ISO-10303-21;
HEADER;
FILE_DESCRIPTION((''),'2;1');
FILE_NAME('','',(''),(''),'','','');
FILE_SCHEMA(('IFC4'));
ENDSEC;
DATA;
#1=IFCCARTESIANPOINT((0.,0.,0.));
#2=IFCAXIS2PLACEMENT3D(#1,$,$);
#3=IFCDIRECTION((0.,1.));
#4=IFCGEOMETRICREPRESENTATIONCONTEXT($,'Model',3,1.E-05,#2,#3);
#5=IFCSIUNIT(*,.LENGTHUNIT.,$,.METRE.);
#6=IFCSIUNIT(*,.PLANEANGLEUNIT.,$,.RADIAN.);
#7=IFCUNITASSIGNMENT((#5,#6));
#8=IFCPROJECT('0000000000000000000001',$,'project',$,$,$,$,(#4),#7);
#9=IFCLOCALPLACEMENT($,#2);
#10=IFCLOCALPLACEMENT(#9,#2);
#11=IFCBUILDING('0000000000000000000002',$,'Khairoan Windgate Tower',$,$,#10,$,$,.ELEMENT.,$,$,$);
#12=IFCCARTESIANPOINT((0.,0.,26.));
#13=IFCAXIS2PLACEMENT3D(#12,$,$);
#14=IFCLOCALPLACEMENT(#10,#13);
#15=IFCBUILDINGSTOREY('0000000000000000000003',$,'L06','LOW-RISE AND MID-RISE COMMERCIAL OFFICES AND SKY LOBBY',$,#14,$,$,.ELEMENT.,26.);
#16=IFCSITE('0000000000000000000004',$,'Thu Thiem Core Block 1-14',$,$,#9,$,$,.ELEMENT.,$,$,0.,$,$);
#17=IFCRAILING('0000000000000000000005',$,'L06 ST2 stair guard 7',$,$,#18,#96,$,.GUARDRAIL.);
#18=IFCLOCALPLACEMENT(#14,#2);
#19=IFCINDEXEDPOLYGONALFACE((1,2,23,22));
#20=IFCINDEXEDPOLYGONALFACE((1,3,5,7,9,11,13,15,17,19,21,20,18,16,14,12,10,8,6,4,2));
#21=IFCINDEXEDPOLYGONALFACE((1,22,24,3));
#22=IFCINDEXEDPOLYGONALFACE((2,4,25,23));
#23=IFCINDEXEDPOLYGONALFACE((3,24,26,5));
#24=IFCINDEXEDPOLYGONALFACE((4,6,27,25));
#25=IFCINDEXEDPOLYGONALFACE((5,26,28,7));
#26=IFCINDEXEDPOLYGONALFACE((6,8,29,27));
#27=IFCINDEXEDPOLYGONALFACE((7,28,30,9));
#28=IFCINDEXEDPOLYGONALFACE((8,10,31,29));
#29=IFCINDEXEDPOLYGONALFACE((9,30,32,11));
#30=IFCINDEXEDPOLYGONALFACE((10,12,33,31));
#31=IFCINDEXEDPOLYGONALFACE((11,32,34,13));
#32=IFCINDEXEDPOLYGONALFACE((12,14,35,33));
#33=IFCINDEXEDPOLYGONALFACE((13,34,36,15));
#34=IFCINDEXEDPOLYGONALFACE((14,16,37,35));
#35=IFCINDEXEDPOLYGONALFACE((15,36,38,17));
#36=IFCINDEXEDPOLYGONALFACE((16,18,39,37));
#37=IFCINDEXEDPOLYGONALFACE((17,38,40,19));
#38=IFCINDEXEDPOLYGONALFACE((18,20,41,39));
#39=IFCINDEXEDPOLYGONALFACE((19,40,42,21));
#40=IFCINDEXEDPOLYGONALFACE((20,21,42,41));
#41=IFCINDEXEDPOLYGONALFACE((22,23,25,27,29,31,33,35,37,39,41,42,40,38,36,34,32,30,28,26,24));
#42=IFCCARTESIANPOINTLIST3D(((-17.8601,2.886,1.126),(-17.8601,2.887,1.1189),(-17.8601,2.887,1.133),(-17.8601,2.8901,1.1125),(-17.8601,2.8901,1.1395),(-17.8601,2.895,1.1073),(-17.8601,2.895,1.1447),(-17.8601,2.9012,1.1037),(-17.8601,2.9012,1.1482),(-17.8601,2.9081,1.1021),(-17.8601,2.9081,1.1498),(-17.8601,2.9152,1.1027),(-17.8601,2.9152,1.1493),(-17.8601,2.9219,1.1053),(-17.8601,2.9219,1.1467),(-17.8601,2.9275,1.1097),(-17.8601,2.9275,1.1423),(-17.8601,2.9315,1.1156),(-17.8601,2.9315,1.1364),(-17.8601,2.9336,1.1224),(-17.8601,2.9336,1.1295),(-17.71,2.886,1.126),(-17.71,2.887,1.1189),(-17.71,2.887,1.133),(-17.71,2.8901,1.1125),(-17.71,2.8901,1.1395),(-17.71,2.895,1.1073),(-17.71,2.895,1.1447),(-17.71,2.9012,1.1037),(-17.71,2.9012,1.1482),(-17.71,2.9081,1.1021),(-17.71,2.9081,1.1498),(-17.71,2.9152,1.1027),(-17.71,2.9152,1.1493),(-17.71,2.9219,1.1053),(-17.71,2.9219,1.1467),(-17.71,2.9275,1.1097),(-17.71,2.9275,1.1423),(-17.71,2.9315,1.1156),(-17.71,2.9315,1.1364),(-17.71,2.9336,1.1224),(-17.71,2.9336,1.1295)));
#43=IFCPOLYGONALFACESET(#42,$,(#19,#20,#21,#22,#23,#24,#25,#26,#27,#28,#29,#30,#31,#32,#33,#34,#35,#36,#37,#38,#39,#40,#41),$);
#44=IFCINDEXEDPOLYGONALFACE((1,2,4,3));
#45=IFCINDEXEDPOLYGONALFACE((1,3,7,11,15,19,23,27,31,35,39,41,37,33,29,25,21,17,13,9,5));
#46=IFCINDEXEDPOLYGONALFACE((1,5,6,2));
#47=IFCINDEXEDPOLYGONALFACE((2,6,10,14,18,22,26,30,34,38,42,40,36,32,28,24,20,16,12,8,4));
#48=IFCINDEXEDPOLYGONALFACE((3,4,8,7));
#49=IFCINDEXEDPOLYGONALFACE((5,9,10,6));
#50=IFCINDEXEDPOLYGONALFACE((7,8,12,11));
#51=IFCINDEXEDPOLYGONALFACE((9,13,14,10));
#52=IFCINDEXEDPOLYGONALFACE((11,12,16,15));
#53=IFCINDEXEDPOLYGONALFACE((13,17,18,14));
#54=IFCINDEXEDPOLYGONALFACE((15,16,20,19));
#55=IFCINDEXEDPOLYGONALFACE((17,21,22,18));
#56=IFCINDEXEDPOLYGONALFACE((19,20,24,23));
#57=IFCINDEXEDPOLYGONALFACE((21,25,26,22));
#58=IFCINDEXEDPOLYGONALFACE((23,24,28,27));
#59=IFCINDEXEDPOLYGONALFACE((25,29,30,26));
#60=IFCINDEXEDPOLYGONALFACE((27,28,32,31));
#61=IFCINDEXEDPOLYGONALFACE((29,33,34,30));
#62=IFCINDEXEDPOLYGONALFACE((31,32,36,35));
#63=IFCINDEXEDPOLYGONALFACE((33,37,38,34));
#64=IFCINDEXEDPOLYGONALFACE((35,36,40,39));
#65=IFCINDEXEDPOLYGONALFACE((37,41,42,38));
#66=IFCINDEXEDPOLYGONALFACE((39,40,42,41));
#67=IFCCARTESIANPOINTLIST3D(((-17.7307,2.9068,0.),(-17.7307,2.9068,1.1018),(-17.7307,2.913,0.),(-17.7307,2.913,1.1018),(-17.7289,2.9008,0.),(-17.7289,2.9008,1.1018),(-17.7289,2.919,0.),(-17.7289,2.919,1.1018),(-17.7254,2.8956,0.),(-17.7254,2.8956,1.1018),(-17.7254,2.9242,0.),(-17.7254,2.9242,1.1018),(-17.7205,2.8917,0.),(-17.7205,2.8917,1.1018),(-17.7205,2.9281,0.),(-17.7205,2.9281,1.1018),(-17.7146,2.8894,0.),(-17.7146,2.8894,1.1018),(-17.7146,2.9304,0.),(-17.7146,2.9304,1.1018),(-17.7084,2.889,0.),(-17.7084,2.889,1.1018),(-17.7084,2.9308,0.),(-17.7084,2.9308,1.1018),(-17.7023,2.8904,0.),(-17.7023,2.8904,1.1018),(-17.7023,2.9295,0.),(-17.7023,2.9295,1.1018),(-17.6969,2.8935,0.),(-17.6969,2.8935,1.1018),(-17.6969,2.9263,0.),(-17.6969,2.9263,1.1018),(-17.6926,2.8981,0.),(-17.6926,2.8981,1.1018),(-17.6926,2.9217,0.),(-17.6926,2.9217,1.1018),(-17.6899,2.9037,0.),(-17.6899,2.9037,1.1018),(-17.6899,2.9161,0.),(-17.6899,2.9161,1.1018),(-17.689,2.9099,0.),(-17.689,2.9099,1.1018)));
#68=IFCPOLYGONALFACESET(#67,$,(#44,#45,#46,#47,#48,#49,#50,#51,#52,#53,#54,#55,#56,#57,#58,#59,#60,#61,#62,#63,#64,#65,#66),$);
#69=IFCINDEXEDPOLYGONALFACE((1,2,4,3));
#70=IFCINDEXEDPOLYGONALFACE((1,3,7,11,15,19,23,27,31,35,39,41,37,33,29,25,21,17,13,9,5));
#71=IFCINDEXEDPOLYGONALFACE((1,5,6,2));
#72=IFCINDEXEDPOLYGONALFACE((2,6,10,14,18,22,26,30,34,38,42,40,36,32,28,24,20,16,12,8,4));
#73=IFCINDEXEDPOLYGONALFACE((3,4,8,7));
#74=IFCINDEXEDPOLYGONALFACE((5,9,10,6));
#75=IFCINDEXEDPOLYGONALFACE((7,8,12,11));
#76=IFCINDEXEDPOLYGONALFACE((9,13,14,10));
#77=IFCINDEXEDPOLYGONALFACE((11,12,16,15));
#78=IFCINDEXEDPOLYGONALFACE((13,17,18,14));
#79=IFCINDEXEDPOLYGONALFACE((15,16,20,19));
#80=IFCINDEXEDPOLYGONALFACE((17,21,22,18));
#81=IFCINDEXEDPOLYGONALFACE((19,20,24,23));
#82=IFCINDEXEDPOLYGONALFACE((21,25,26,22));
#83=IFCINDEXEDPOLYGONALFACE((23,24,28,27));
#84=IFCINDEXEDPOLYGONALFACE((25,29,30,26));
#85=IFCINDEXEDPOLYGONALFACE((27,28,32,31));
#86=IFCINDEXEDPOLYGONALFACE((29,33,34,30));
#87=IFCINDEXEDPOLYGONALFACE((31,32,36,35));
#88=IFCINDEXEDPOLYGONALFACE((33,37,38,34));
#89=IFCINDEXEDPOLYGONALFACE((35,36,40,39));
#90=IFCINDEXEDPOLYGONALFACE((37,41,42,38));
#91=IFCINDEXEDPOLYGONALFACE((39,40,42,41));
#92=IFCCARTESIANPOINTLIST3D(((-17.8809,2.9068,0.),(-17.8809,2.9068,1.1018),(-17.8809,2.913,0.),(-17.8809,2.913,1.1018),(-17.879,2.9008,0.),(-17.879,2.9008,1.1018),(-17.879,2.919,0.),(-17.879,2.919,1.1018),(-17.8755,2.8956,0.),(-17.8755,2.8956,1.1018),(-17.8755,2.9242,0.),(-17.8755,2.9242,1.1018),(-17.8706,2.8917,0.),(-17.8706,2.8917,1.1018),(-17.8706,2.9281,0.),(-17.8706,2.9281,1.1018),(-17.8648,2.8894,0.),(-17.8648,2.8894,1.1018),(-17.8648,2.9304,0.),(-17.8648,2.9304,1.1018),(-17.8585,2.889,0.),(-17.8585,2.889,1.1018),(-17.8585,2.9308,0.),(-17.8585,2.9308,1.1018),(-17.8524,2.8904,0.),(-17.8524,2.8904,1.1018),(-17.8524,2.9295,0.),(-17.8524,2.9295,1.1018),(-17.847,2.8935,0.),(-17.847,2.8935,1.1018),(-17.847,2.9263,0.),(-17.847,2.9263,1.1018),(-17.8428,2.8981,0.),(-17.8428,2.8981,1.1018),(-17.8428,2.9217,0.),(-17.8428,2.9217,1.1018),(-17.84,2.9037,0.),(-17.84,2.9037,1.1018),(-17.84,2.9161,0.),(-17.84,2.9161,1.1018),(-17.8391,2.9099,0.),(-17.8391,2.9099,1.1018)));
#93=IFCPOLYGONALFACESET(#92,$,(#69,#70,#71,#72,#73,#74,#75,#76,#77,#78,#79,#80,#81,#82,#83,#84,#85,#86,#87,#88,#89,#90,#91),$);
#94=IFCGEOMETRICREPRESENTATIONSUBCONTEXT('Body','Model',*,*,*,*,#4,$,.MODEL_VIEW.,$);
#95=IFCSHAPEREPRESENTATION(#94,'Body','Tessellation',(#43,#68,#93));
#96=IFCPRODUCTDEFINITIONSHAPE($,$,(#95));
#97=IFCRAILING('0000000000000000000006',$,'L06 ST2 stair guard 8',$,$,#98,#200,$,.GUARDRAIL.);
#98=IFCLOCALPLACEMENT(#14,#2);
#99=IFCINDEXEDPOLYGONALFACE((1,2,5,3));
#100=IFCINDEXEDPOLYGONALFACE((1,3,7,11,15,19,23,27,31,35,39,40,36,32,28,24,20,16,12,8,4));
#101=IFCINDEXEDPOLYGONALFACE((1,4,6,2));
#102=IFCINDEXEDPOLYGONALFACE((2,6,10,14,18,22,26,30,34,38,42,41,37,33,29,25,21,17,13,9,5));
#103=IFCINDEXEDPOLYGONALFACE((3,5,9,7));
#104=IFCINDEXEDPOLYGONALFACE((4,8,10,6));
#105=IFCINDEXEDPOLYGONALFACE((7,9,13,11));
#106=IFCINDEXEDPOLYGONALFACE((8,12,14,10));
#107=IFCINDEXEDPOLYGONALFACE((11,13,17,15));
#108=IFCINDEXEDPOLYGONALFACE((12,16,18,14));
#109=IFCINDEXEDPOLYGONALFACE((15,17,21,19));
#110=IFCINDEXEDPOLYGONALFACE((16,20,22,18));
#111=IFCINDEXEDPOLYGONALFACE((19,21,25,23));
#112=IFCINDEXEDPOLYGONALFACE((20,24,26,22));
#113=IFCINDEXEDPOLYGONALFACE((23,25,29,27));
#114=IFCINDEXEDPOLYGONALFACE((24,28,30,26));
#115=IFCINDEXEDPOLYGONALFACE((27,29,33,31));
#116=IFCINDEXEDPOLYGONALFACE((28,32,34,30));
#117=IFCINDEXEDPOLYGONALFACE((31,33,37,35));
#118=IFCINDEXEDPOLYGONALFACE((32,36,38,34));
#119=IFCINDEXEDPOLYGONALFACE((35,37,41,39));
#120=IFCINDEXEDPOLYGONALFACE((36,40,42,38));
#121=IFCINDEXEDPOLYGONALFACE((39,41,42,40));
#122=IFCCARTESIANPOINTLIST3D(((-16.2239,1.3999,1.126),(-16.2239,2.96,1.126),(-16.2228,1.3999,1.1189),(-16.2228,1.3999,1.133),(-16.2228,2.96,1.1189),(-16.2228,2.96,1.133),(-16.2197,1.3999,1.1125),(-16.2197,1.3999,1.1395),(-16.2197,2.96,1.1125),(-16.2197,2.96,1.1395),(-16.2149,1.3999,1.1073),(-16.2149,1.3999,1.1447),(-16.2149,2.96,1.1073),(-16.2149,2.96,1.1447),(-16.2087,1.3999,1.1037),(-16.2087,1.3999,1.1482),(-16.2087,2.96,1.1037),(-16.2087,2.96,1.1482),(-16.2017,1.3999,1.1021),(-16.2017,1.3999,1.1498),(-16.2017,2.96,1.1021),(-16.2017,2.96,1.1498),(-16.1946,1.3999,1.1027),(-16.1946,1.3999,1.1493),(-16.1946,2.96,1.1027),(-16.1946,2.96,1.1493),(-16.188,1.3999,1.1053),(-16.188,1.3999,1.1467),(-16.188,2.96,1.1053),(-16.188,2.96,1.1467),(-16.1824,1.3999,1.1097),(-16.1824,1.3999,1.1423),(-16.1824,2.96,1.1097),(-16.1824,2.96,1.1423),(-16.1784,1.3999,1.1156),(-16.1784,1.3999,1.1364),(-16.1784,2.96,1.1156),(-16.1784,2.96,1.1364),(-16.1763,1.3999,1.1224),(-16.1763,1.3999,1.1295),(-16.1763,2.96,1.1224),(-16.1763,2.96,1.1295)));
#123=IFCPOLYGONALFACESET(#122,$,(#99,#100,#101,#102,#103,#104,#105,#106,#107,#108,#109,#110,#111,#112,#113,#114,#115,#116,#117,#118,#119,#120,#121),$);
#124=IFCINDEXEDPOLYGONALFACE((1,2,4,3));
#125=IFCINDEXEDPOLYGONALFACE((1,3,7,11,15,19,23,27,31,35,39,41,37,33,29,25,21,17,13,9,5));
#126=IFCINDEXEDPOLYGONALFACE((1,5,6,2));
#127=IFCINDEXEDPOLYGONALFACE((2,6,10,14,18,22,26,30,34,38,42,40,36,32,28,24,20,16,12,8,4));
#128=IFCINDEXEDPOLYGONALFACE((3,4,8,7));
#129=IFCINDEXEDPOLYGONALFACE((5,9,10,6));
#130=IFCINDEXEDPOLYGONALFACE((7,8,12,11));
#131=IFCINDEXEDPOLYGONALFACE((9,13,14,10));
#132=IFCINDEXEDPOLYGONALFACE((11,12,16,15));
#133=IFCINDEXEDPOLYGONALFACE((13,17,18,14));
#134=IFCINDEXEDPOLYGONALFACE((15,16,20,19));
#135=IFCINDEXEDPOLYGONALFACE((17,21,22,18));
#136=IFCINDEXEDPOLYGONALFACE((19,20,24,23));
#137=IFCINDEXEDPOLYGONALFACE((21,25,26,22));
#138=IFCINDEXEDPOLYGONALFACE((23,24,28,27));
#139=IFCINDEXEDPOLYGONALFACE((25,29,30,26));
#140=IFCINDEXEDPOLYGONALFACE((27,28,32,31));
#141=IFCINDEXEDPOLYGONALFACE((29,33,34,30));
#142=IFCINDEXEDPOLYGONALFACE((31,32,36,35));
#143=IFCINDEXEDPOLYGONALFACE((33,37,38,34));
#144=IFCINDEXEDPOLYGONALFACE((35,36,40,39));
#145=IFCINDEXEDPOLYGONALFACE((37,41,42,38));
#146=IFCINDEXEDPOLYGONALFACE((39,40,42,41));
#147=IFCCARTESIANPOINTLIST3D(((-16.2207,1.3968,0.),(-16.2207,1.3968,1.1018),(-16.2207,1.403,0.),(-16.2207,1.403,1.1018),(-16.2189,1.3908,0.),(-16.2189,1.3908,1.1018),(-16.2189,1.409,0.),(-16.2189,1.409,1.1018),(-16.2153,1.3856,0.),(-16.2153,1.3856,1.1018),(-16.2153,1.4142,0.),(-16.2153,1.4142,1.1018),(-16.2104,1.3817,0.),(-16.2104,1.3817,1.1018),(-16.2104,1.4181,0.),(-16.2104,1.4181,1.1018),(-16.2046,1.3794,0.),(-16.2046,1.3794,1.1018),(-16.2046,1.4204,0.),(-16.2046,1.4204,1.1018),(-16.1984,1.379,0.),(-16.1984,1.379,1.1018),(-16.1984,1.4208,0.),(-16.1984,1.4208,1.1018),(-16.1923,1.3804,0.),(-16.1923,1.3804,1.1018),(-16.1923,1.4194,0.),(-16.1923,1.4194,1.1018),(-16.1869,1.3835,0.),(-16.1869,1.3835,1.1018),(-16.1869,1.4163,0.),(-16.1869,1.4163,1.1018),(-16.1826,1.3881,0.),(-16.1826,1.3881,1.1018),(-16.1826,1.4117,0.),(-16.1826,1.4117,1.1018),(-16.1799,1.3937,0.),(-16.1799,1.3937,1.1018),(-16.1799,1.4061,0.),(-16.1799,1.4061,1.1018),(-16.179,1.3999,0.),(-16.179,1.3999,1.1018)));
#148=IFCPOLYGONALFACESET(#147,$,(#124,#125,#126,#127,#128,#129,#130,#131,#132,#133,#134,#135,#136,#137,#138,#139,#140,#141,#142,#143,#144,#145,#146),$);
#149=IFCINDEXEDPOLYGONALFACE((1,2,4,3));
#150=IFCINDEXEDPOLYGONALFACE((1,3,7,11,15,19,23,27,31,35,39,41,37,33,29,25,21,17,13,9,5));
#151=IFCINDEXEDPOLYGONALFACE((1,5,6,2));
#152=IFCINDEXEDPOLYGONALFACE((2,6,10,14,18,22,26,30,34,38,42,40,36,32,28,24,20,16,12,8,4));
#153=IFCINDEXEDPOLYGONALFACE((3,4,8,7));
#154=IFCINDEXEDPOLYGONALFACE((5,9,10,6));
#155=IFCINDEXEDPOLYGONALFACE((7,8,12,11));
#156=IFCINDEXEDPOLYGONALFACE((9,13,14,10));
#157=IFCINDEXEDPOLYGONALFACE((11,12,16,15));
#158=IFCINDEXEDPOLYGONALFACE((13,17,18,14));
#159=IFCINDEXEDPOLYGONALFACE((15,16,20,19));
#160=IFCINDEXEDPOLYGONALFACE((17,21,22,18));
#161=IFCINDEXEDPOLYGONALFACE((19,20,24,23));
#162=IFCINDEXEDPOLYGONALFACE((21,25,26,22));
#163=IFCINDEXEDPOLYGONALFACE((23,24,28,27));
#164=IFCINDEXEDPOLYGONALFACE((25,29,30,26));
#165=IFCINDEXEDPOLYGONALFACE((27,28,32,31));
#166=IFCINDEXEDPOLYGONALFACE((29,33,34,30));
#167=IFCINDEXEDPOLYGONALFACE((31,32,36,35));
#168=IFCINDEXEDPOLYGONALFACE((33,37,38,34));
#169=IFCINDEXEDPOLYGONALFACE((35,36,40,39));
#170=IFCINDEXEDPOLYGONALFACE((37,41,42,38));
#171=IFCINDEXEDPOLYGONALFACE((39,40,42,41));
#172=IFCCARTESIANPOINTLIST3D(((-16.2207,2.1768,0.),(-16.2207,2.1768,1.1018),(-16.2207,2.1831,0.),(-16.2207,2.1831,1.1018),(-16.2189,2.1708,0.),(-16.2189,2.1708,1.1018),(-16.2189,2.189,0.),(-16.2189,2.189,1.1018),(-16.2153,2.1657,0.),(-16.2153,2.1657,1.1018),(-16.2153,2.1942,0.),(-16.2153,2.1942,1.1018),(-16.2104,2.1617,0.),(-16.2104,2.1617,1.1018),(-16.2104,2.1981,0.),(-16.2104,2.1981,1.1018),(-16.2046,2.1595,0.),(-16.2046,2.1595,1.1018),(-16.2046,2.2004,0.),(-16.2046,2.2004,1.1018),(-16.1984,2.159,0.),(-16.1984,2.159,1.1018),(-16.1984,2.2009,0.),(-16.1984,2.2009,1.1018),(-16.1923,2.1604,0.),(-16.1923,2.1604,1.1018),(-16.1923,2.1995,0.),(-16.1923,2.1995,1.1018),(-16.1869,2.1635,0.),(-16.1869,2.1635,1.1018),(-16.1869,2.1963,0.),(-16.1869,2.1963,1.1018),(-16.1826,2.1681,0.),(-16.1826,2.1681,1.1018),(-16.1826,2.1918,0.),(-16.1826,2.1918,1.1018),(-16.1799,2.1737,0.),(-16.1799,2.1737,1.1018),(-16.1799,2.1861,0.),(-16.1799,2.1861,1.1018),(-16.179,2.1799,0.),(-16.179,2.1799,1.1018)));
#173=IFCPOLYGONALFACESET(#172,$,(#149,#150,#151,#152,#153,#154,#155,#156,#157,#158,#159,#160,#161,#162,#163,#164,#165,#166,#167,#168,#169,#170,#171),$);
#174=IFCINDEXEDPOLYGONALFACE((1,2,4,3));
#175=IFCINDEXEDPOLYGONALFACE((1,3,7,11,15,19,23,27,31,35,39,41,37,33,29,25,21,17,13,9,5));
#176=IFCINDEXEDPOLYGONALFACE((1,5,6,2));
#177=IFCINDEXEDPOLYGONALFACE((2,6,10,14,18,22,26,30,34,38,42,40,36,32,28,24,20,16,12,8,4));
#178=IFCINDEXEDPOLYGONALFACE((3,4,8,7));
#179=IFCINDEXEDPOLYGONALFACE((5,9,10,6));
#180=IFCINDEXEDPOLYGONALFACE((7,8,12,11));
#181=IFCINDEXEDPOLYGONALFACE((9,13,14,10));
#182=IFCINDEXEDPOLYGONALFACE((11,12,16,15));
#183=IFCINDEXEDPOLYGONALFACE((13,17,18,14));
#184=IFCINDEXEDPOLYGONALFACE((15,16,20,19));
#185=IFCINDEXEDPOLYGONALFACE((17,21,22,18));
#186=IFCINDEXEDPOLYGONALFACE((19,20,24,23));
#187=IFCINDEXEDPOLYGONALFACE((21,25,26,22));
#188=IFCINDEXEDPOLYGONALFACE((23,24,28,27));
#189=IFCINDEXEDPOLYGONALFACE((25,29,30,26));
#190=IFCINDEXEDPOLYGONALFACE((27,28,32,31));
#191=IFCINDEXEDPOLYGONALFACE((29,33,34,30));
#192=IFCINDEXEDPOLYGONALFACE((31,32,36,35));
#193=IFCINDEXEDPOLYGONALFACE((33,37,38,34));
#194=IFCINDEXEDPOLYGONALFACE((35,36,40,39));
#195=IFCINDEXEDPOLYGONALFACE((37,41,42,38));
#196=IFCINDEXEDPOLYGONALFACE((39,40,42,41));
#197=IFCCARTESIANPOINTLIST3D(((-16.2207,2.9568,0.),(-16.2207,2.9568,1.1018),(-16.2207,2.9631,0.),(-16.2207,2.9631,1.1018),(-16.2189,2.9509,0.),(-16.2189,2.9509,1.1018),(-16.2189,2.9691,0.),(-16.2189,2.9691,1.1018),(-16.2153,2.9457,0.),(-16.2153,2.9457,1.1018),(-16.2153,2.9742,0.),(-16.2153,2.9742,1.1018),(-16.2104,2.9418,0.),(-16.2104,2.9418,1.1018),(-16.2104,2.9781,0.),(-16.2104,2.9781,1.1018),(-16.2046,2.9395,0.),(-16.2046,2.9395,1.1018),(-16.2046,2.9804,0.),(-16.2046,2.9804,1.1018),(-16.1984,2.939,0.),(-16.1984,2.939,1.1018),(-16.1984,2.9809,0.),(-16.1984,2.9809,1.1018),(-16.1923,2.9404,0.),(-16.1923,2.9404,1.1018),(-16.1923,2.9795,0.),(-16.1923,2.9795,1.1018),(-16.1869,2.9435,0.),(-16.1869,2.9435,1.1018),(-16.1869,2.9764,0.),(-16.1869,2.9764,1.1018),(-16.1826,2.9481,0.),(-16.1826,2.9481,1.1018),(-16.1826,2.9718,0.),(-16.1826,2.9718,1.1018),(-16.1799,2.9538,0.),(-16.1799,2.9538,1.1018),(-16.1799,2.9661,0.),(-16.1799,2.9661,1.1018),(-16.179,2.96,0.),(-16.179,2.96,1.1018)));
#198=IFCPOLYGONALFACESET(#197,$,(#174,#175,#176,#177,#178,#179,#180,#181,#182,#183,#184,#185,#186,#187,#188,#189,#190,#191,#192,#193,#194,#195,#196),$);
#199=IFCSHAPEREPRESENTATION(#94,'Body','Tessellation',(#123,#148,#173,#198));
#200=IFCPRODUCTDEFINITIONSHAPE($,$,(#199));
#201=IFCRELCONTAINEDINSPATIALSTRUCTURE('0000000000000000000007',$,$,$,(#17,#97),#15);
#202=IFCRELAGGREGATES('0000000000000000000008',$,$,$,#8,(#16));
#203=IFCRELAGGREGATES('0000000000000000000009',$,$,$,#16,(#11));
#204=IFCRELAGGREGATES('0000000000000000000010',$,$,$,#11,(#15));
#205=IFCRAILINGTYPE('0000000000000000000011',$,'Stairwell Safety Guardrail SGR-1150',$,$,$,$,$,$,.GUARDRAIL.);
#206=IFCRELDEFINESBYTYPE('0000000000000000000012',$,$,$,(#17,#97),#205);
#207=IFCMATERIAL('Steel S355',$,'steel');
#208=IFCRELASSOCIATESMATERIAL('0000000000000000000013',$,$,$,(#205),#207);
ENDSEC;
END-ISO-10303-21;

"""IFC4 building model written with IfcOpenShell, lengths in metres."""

from ifc_helpers import new_model, si_unit, direction, frame, origin, origin_2d, place, context, subcontext, project, spatial, circle, extrude, material, type_object, element, save


model = new_model("IFC4")

# Units and contexts
model_context = context("Model", 3, precision=1e-05, world=origin(), true_north=direction((0.0, 1.0)))
body_context = subcontext(model_context, "Body", "Model", "MODEL_VIEW")
ifc_project = project(units=[si_unit("LENGTHUNIT", "METRE"), si_unit("PLANEANGLEUNIT", "RADIAN")], contexts=[model_context])

# Site, building, storey
site_placement = place(None, origin())
site = spatial("IfcSite", under=ifc_project, at=site_placement, Name="Thu Thiem Core Block 1-14", CompositionType="ELEMENT", RefElevation=0.0)
building_placement = place(site_placement, origin())
building = spatial("IfcBuilding", under=site, at=building_placement, Name="Khairoan Windgate Tower", CompositionType="ELEMENT")
storey_placement = place(building_placement, frame((0.0, 0.0, 26.0)))
storey = spatial("IfcBuildingStorey", under=building, at=storey_placement, Name="L06", Description="LOW-RISE AND MID-RISE COMMERCIAL OFFICES AND SKY LOBBY", CompositionType="ELEMENT", Elevation=26.0)

# Railings
ifc_material_1 = material(Name="Steel S355", Category="steel")
railing_type_1 = type_object("IfcRailingType", Name="Stairwell Safety Guardrail SGR-1150", PredefinedType="GUARDRAIL", material=ifc_material_1)
railing_1_placement = place(storey_placement, frame((-17.71, 2.9099, 0.0)))
element("IfcRailing", 1, at=railing_1_placement, inside=storey, type_object=railing_type_1, Name="L06 ST2 stair guard 7", PredefinedType="GUARDRAIL", context=body_context, shape_type="SweptSolid", body=[
    extrude(circle(Radius=0.0239, at=origin_2d()), frame((0.0, 0.0, 1.126), z_axis=(-1.0, 0.0, 0.0), x_axis=(0.0, -1.0, 0.0)), (0.0, 0.0, 1.0), 0.1501),
    extrude(circle(Radius=0.021, at=origin_2d()), origin(), (0.0, 0.0, 1.0), 1.1018),
    extrude(circle(Radius=0.021, at=origin_2d()), frame((-0.1501, 0.0, 0.0)), (0.0, 0.0, 1.0), 1.1018),
])
for number, where, name in (
    (2, (-16.2, 1.3999, 0.0), "L06 ST2 stair guard 8"),
):
    element("IfcRailing", number, at=place(storey_placement, frame(where)), inside=storey, type_object=railing_type_1, Name=name, PredefinedType="GUARDRAIL", context=body_context, shape_type="SweptSolid", body=[
        extrude(circle(Radius=0.0239, at=origin_2d()), frame((0.0, 0.0, 1.126), z_axis=(0.0, 1.0, 0.0), x_axis=(-1.0, 0.0, 0.0)), (0.0, 0.0, 1.0), 1.5601),
        extrude(circle(Radius=0.021, at=origin_2d()), origin(), (0.0, 0.0, 1.0), 1.1018),
        extrude(circle(Radius=0.021, at=origin_2d()), frame((0.0, 0.78, 0.0)), (0.0, 0.0, 1.0), 1.1018),
        extrude(circle(Radius=0.021, at=origin_2d()), frame((0.0, 1.5601, 0.0)), (0.0, 0.0, 1.0), 1.1018),
    ])

save(model, "model.ifc")
